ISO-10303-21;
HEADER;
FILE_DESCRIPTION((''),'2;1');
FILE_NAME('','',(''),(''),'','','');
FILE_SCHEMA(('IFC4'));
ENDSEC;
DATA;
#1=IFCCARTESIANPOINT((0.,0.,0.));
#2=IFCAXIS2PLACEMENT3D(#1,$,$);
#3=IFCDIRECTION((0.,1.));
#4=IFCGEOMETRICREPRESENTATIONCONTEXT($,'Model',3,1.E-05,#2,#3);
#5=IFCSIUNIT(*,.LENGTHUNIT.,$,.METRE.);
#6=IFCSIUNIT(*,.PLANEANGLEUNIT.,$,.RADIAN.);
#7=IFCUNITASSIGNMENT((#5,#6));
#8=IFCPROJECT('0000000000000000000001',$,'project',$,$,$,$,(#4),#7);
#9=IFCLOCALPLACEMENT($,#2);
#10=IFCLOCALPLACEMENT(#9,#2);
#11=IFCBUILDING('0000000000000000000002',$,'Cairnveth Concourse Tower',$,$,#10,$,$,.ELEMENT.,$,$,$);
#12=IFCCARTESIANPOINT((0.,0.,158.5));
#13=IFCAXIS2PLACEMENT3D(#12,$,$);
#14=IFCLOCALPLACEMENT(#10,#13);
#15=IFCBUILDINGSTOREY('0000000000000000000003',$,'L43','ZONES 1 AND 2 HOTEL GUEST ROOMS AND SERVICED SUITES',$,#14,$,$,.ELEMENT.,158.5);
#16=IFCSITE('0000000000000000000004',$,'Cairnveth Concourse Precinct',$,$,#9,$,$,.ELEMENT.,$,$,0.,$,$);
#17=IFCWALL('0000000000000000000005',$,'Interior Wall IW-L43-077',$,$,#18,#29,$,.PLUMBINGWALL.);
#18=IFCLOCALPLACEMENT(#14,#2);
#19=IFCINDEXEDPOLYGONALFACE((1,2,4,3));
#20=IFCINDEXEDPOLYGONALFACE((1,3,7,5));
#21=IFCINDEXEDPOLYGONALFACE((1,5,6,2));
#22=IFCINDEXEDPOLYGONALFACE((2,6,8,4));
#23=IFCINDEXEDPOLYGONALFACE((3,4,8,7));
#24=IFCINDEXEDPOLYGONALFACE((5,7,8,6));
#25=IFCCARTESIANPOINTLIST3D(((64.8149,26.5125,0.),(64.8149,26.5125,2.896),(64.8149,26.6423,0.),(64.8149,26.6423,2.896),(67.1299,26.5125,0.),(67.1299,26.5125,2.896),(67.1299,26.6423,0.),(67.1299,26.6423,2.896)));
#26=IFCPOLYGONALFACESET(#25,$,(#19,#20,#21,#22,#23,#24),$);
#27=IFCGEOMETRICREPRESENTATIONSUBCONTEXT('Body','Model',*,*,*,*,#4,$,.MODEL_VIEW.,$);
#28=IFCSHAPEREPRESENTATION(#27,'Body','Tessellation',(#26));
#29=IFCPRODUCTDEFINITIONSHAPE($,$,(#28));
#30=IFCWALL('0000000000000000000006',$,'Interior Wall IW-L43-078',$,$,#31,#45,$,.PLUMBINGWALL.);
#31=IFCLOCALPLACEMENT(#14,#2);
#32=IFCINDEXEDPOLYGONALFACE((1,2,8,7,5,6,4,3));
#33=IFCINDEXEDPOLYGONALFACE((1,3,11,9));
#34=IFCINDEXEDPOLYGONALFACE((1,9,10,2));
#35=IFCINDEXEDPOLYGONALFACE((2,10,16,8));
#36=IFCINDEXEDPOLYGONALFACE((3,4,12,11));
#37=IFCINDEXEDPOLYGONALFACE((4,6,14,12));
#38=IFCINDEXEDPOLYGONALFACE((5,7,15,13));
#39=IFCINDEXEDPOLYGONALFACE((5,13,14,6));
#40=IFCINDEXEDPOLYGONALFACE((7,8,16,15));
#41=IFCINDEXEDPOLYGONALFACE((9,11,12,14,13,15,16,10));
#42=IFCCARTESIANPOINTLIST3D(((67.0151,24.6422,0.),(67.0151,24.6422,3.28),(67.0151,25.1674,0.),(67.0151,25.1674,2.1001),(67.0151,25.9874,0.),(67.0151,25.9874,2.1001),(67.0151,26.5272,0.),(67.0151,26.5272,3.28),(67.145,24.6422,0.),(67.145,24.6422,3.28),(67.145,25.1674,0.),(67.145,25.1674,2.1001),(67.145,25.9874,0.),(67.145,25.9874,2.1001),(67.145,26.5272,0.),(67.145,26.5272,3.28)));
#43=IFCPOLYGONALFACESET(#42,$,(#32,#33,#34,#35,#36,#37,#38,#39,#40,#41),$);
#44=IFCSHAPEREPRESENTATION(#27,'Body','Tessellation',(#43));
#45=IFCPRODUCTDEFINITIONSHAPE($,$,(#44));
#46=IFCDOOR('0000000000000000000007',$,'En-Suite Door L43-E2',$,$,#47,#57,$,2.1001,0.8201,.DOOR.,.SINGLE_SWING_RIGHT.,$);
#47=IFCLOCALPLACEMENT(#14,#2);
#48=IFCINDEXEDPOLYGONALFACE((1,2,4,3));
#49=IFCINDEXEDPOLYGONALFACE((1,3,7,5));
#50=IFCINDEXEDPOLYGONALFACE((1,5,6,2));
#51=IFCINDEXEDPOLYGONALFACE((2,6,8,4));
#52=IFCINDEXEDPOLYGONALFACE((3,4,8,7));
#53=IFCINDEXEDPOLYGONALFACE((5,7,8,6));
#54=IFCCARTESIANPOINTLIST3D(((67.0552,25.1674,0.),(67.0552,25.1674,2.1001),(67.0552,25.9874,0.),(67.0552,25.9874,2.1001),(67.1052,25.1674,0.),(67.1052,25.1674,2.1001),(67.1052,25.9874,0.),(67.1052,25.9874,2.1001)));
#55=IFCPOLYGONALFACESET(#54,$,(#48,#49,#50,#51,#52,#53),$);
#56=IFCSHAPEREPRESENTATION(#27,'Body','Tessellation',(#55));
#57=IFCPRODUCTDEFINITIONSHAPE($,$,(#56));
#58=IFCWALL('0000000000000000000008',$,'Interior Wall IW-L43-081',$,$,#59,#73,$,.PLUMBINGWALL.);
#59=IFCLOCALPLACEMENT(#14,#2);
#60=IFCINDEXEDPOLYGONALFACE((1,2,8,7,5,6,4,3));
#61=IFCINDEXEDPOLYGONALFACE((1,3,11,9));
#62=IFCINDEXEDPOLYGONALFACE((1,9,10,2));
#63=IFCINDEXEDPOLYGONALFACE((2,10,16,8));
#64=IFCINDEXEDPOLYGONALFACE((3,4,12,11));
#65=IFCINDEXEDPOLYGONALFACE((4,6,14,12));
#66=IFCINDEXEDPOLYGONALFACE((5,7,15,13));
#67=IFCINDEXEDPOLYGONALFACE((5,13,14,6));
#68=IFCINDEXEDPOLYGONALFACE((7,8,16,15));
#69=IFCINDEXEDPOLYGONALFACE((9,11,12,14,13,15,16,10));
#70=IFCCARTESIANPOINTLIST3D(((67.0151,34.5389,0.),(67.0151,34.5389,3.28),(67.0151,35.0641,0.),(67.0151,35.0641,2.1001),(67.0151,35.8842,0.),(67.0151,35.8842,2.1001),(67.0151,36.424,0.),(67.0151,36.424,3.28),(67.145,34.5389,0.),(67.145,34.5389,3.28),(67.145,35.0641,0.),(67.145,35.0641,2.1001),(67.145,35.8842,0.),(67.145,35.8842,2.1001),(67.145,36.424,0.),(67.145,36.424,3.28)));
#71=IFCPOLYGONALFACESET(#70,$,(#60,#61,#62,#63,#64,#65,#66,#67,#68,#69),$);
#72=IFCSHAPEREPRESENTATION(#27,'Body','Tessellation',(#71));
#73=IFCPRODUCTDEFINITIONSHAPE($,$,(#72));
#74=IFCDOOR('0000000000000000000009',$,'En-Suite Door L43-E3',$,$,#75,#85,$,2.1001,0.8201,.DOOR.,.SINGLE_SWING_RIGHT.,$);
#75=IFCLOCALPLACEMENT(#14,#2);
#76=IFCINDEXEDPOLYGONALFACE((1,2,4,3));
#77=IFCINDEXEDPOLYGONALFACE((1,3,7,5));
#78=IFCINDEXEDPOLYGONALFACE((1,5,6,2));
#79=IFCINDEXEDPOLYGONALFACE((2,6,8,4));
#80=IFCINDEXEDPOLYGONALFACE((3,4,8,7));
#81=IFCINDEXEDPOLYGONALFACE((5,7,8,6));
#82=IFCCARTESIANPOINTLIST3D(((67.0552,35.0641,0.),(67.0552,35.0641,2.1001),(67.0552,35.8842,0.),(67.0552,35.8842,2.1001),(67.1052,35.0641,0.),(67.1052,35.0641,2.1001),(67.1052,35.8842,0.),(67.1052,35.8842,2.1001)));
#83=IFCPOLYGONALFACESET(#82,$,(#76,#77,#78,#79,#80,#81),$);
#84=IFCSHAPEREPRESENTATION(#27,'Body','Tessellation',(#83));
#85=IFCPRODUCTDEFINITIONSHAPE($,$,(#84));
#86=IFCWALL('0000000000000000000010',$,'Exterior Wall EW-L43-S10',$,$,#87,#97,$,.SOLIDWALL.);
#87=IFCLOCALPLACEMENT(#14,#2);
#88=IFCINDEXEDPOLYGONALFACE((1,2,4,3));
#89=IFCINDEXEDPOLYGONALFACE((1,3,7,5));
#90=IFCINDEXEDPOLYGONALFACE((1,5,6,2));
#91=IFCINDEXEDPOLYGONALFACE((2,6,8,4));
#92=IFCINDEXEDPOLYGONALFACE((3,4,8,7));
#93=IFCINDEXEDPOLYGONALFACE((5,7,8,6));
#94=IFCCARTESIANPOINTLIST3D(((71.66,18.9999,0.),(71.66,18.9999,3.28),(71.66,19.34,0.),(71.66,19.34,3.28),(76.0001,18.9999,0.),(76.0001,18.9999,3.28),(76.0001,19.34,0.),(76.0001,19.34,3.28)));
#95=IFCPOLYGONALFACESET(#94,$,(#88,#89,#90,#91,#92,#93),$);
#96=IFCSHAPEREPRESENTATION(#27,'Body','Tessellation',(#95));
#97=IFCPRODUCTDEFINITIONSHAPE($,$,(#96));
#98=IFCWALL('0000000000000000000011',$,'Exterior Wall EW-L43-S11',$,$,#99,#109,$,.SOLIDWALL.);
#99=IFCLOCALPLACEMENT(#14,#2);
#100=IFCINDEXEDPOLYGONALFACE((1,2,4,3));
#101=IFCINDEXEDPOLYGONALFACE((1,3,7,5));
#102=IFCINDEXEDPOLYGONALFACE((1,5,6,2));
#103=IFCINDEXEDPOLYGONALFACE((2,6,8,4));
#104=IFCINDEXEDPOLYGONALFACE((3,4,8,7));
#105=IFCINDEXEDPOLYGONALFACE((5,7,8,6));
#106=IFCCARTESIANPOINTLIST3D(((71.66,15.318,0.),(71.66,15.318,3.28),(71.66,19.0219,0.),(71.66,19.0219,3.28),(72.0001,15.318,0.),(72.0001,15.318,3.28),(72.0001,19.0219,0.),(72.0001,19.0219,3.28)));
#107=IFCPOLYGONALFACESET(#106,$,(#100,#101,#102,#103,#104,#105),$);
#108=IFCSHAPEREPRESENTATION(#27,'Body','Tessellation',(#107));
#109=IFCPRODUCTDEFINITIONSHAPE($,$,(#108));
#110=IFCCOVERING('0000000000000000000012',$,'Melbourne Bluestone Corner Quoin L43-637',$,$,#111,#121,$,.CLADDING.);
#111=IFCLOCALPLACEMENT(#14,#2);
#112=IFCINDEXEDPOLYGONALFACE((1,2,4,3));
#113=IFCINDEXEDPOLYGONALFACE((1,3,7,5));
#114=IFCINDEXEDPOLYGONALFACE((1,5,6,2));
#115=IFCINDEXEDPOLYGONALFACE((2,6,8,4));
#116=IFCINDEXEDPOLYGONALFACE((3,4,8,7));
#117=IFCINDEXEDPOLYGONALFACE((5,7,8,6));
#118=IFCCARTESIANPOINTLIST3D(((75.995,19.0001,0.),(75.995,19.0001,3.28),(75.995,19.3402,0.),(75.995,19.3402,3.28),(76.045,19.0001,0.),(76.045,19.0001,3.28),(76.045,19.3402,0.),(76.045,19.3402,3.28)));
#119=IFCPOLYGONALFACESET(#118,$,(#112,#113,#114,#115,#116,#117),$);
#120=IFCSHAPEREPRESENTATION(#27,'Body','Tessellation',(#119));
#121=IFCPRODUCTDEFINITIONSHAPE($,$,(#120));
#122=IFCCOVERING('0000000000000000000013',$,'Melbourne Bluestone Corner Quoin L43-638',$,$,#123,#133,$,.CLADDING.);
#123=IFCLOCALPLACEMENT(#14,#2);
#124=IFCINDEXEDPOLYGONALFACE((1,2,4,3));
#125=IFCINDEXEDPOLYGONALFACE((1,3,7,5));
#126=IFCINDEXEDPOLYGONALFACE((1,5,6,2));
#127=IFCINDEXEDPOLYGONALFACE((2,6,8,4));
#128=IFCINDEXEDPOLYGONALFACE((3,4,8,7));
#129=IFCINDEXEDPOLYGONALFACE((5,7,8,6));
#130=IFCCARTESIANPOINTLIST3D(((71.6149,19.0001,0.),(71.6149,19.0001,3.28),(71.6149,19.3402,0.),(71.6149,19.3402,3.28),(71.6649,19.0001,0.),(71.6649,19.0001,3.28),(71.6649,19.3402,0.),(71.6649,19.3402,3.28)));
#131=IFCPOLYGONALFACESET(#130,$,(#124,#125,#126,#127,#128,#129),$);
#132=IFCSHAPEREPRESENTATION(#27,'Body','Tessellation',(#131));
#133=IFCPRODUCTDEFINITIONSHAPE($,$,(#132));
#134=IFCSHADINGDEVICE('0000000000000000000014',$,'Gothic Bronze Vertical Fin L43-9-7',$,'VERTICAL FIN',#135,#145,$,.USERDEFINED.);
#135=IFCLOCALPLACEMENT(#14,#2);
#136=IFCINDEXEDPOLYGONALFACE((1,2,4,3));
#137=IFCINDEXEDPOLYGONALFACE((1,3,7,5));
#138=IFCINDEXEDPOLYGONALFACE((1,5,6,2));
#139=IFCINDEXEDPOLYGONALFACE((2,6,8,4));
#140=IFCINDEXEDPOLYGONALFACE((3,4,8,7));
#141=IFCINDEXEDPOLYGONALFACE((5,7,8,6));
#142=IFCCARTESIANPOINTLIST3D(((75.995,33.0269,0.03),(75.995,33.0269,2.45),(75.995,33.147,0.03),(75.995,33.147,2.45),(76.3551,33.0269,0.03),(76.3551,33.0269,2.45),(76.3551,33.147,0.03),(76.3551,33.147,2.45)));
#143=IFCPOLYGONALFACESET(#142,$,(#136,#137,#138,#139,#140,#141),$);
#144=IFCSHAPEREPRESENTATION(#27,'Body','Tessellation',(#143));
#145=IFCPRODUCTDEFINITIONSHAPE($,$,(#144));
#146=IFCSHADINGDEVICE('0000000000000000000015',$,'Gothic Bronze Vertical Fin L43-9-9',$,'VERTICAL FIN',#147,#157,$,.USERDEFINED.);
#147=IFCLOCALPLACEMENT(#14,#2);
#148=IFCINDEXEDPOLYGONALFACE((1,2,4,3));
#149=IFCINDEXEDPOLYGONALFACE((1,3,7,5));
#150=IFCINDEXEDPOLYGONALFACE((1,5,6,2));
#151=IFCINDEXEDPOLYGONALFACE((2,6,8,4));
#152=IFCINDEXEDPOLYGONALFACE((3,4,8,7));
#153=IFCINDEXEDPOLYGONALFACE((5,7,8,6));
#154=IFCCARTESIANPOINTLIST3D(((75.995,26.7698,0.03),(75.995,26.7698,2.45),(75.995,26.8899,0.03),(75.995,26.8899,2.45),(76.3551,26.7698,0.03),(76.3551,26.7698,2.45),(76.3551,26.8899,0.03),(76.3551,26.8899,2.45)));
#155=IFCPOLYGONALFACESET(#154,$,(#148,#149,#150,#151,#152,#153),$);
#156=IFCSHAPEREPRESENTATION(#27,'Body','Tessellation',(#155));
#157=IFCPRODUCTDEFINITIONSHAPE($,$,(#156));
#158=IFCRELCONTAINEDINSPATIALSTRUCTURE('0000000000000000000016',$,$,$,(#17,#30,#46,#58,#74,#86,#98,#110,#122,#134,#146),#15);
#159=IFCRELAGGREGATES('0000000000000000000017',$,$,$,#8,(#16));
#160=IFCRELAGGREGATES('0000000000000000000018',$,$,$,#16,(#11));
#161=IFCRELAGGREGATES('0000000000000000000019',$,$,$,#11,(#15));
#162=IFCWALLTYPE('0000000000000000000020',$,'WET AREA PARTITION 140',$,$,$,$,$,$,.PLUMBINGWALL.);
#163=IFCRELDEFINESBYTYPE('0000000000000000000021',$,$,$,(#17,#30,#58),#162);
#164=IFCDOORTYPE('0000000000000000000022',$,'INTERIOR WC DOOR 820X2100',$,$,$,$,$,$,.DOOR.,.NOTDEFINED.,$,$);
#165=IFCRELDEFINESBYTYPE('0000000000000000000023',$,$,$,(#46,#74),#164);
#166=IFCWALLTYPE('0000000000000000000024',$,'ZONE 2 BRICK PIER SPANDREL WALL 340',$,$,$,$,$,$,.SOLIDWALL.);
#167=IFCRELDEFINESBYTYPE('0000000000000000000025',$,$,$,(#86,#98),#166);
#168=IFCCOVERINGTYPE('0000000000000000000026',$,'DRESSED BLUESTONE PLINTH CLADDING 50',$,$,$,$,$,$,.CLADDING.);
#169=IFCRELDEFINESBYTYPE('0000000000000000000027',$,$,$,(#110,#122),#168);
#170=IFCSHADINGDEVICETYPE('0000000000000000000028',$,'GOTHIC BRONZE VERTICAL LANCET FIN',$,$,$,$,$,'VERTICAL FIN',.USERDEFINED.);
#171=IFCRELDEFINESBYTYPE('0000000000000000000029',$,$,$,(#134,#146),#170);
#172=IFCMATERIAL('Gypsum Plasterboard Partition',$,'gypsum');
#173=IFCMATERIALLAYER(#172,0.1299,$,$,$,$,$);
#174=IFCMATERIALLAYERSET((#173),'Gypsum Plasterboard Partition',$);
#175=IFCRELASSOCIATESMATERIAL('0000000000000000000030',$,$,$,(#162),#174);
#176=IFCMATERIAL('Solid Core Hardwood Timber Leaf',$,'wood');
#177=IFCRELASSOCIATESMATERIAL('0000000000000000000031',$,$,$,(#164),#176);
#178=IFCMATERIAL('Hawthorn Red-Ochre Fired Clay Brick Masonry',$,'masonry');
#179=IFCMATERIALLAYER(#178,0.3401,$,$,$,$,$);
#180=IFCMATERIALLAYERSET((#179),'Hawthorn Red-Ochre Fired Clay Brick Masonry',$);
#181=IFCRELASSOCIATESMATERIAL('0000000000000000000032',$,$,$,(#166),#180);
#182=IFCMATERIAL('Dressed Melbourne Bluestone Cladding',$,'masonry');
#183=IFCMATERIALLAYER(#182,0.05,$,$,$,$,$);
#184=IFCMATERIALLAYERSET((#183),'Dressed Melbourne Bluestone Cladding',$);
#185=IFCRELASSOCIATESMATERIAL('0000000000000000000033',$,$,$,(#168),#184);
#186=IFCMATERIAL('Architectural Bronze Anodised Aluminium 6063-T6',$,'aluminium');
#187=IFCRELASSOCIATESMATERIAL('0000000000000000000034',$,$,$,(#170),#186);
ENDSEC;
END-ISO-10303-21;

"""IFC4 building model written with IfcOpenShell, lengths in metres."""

from ifc_helpers import new_model, si_unit, direction, frame, frame_2d, origin, origin_2d, place, context, subcontext, project, spatial, rectangle, extrude, material, layer, layer_set, type_object, element, fill, save


model = new_model("IFC4")

# Units and contexts
model_context = context("Model", 3, precision=1e-05, world=origin(), true_north=direction((0.0, 1.0)))
body_context = subcontext(model_context, "Body", "Model", "MODEL_VIEW")
ifc_project = project(units=[si_unit("LENGTHUNIT", "METRE"), si_unit("PLANEANGLEUNIT", "RADIAN")], contexts=[model_context])

# Site, building, storey
site_placement = place(None, origin())
site = spatial("IfcSite", under=ifc_project, at=site_placement, Name="Cairnveth Concourse Precinct", CompositionType="ELEMENT", RefElevation=0.0)
building_placement = place(site_placement, origin())
building = spatial("IfcBuilding", under=site, at=building_placement, Name="Cairnveth Concourse Tower", CompositionType="ELEMENT")
storey_placement = place(building_placement, frame((0.0, 0.0, 158.5)))
storey = spatial("IfcBuildingStorey", under=building, at=storey_placement, Name="L43", Description="ZONES 1 AND 2 HOTEL GUEST ROOMS AND SERVICED SUITES", CompositionType="ELEMENT", Elevation=158.5)

# Wall
ifc_material_1 = material(Name="Gypsum Plasterboard Partition", Category="gypsum")
ifc_layer_1 = layer(ifc_material_1, 0.1299)
ifc_layer_set_1 = layer_set([ifc_layer_1], Name="Gypsum Plasterboard Partition")
wall_type_1 = type_object("IfcWallType", Name="WET AREA PARTITION 140", PredefinedType="PLUMBINGWALL", material=ifc_layer_set_1)
wall_1_placement = place(storey_placement, frame((64.8149, 26.5774, 0.0), z_axis=(0.0, 0.0, 1.0), x_axis=(1.0, 0.0, 0.0)))
element("IfcWall", 1, at=wall_1_placement, inside=storey, type_object=wall_type_1, Name="Interior Wall IW-L43-077", PredefinedType="PLUMBINGWALL", context=body_context, shape_type="SweptSolid", body=[
    extrude(rectangle(XDim=2.3149, YDim=0.1299, at=frame_2d((1.1575, 0.0))), origin(), (0.0, 0.0, 1.0), 2.896),
])

# Walls, openings, doors
wall_2_placement = place(storey_placement, frame((67.0801, 24.6423, 0.0), z_axis=(0.0, 0.0, 1.0), x_axis=(0.0, 1.0, 0.0)))
wall_2 = element("IfcWall", 2, at=wall_2_placement, inside=storey, type_object=wall_type_1, Name="Interior Wall IW-L43-078", PredefinedType="PLUMBINGWALL", context=body_context, shape_type="SweptSolid", body=[
    extrude(rectangle(XDim=1.885, YDim=0.1299, at=frame_2d((0.9424, 0.0))), origin(), (0.0, 0.0, 1.0), 3.28),
])
opening_1_placement = place(wall_2_placement, frame((0.5249, 0.0, 0.0)))
opening_1 = element("IfcOpeningElement", 3, at=opening_1_placement, cuts=wall_2, PredefinedType="OPENING", context=body_context, shape_type="SweptSolid", body=[
    extrude(rectangle(XDim=0.8201, YDim=2.1001, at=frame_2d((0.4102, 1.05))), frame((0.0, 0.075, 0.0), z_axis=(0.0, -1.0, 0.0), x_axis=(1.0, 0.0, 0.0)), (0.0, 0.0, 1.0), 0.1499),
])
ifc_material_2 = material(Name="Solid Core Hardwood Timber Leaf", Category="wood")
door_type = type_object("IfcDoorType", Name="INTERIOR WC DOOR 820X2100", OperationType="NOTDEFINED", PredefinedType="DOOR", material=ifc_material_2)
door_1_placement = place(opening_1_placement, origin())
door_1 = element("IfcDoor", 4, at=door_1_placement, inside=storey, type_object=door_type, Name="En-Suite Door L43-E2", OperationType="SINGLE_SWING_RIGHT", OverallHeight=2.1001, OverallWidth=0.8201, PredefinedType="DOOR", context=body_context, shape_type="SweptSolid", body=[
    extrude(rectangle(XDim=0.8201, YDim=2.1001, at=frame_2d((0.4102, 1.05))), frame((0.0, 0.0249, 0.0), z_axis=(0.0, -1.0, 0.0), x_axis=(1.0, 0.0, 0.0)), (0.0, 0.0, 1.0), 0.05),
])
fill(opening_1, door_1)
wall_3_placement = place(storey_placement, frame((67.0801, 34.5391, 0.0), z_axis=(0.0, 0.0, 1.0), x_axis=(0.0, 1.0, 0.0)))
wall_3 = element("IfcWall", 5, at=wall_3_placement, inside=storey, type_object=wall_type_1, Name="Interior Wall IW-L43-081", PredefinedType="PLUMBINGWALL", context=body_context, shape_type="SweptSolid", body=[
    extrude(rectangle(XDim=1.885, YDim=0.1299, at=frame_2d((0.9424, 0.0))), origin(), (0.0, 0.0, 1.0), 3.28),
])
opening_2_placement = place(wall_3_placement, frame((0.5249, 0.0, 0.0)))
opening_2 = element("IfcOpeningElement", 6, at=opening_2_placement, cuts=wall_3, PredefinedType="OPENING", context=body_context, shape_type="SweptSolid", body=[
    extrude(rectangle(XDim=0.8201, YDim=2.1001, at=frame_2d((0.4102, 1.05))), frame((0.0, 0.075, 0.0), z_axis=(0.0, -1.0, 0.0), x_axis=(1.0, 0.0, 0.0)), (0.0, 0.0, 1.0), 0.1499),
])
door_2_placement = place(opening_2_placement, origin())
door_2 = element("IfcDoor", 7, at=door_2_placement, inside=storey, type_object=door_type, Name="En-Suite Door L43-E3", OperationType="SINGLE_SWING_RIGHT", OverallHeight=2.1001, OverallWidth=0.8201, PredefinedType="DOOR", context=body_context, shape_type="SweptSolid", body=[
    extrude(rectangle(XDim=0.8201, YDim=2.1001, at=frame_2d((0.4102, 1.05))), frame((0.0, 0.0249, 0.0), z_axis=(0.0, -1.0, 0.0), x_axis=(1.0, 0.0, 0.0)), (0.0, 0.0, 1.0), 0.05),
])
fill(opening_2, door_2)

# Walls
ifc_material_3 = material(Name="Hawthorn Red-Ochre Fired Clay Brick Masonry", Category="masonry")
ifc_layer_2 = layer(ifc_material_3, 0.3401)
ifc_layer_set_2 = layer_set([ifc_layer_2], Name="Hawthorn Red-Ochre Fired Clay Brick Masonry")
wall_type_2 = type_object("IfcWallType", Name="ZONE 2 BRICK PIER SPANDREL WALL 340", PredefinedType="SOLIDWALL", material=ifc_layer_set_2)
wall_4_placement = place(storey_placement, frame((76.0, 19.1699, 0.0), z_axis=(0.0, 0.0, 1.0), x_axis=(-1.0, 0.0, 0.0)))
element("IfcWall", 8, at=wall_4_placement, inside=storey, type_object=wall_type_2, Name="Exterior Wall EW-L43-S10", PredefinedType="SOLIDWALL", context=body_context, shape_type="SweptSolid", body=[
    extrude(rectangle(XDim=4.3401, YDim=0.3401, at=frame_2d((2.1699, 0.0))), origin(), (0.0, 0.0, 1.0), 3.28),
])
wall_5_placement = place(storey_placement, frame((71.8301, 19.022, 0.0), z_axis=(0.0, 0.0, 1.0), x_axis=(0.0, -1.0, 0.0)))
element("IfcWall", 9, at=wall_5_placement, inside=storey, type_object=wall_type_2, Name="Exterior Wall EW-L43-S11", PredefinedType="SOLIDWALL", context=body_context, shape_type="SweptSolid", body=[
    extrude(rectangle(XDim=3.7039, YDim=0.3401, at=frame_2d((1.8521, 0.0))), origin(), (0.0, 0.0, 1.0), 3.28),
])

# Coverings
ifc_material_4 = material(Name="Dressed Melbourne Bluestone Cladding", Category="masonry")
ifc_layer_3 = layer(ifc_material_4, 0.05)
ifc_layer_set_3 = layer_set([ifc_layer_3], Name="Dressed Melbourne Bluestone Cladding")
covering_type = type_object("IfcCoveringType", Name="DRESSED BLUESTONE PLINTH CLADDING 50", PredefinedType="CLADDING", material=ifc_layer_set_3)
for number, where, z_axis, x_axis, name in (
    (10, (76.02, 19.3401, 0.0), (0.0, 0.0, 1.0), (0.0, -1.0, 0.0), "Melbourne Bluestone Corner Quoin L43-637"),
    (11, (71.6399, 19.3401, 0.0), (0.0, 0.0, 1.0), (0.0, -1.0, 0.0), "Melbourne Bluestone Corner Quoin L43-638"),
):
    element("IfcCovering", number, at=place(storey_placement, frame(where, z_axis=z_axis, x_axis=x_axis)), inside=storey, type_object=covering_type, Name=name, PredefinedType="CLADDING", context=body_context, shape_type="SweptSolid", body=[
        extrude(rectangle(XDim=0.3401, YDim=0.05, at=frame_2d((0.1699, 0.0))), origin(), (0.0, 0.0, 1.0), 3.28),
    ])

# Shading devices
ifc_material_5 = material(Name="Architectural Bronze Anodised Aluminium 6063-T6", Category="aluminium")
shading_device_type = type_object("IfcShadingDeviceType", Name="GOTHIC BRONZE VERTICAL LANCET FIN", ElementType="VERTICAL FIN", PredefinedType="USERDEFINED", material=ifc_material_5)
for number, where, z_axis, x_axis, name in (
    (12, (76.175, 33.0869, 0.03), (0.0, 0.0, 1.0), (0.0, 1.0, 0.0), "Gothic Bronze Vertical Fin L43-9-7"),
    (13, (76.175, 26.8298, 0.03), (0.0, 0.0, 1.0), (0.0, 1.0, 0.0), "Gothic Bronze Vertical Fin L43-9-9"),
):
    element("IfcShadingDevice", number, at=place(storey_placement, frame(where, z_axis=z_axis, x_axis=x_axis)), inside=storey, type_object=shading_device_type, Name=name, ObjectType="VERTICAL FIN", PredefinedType="USERDEFINED", context=body_context, shape_type="SweptSolid", body=[
        extrude(rectangle(XDim=0.1201, YDim=0.3601, at=origin_2d()), origin(), (0.0, 0.0, 1.0), 2.4199),
    ])

save(model, "model.ifc")
